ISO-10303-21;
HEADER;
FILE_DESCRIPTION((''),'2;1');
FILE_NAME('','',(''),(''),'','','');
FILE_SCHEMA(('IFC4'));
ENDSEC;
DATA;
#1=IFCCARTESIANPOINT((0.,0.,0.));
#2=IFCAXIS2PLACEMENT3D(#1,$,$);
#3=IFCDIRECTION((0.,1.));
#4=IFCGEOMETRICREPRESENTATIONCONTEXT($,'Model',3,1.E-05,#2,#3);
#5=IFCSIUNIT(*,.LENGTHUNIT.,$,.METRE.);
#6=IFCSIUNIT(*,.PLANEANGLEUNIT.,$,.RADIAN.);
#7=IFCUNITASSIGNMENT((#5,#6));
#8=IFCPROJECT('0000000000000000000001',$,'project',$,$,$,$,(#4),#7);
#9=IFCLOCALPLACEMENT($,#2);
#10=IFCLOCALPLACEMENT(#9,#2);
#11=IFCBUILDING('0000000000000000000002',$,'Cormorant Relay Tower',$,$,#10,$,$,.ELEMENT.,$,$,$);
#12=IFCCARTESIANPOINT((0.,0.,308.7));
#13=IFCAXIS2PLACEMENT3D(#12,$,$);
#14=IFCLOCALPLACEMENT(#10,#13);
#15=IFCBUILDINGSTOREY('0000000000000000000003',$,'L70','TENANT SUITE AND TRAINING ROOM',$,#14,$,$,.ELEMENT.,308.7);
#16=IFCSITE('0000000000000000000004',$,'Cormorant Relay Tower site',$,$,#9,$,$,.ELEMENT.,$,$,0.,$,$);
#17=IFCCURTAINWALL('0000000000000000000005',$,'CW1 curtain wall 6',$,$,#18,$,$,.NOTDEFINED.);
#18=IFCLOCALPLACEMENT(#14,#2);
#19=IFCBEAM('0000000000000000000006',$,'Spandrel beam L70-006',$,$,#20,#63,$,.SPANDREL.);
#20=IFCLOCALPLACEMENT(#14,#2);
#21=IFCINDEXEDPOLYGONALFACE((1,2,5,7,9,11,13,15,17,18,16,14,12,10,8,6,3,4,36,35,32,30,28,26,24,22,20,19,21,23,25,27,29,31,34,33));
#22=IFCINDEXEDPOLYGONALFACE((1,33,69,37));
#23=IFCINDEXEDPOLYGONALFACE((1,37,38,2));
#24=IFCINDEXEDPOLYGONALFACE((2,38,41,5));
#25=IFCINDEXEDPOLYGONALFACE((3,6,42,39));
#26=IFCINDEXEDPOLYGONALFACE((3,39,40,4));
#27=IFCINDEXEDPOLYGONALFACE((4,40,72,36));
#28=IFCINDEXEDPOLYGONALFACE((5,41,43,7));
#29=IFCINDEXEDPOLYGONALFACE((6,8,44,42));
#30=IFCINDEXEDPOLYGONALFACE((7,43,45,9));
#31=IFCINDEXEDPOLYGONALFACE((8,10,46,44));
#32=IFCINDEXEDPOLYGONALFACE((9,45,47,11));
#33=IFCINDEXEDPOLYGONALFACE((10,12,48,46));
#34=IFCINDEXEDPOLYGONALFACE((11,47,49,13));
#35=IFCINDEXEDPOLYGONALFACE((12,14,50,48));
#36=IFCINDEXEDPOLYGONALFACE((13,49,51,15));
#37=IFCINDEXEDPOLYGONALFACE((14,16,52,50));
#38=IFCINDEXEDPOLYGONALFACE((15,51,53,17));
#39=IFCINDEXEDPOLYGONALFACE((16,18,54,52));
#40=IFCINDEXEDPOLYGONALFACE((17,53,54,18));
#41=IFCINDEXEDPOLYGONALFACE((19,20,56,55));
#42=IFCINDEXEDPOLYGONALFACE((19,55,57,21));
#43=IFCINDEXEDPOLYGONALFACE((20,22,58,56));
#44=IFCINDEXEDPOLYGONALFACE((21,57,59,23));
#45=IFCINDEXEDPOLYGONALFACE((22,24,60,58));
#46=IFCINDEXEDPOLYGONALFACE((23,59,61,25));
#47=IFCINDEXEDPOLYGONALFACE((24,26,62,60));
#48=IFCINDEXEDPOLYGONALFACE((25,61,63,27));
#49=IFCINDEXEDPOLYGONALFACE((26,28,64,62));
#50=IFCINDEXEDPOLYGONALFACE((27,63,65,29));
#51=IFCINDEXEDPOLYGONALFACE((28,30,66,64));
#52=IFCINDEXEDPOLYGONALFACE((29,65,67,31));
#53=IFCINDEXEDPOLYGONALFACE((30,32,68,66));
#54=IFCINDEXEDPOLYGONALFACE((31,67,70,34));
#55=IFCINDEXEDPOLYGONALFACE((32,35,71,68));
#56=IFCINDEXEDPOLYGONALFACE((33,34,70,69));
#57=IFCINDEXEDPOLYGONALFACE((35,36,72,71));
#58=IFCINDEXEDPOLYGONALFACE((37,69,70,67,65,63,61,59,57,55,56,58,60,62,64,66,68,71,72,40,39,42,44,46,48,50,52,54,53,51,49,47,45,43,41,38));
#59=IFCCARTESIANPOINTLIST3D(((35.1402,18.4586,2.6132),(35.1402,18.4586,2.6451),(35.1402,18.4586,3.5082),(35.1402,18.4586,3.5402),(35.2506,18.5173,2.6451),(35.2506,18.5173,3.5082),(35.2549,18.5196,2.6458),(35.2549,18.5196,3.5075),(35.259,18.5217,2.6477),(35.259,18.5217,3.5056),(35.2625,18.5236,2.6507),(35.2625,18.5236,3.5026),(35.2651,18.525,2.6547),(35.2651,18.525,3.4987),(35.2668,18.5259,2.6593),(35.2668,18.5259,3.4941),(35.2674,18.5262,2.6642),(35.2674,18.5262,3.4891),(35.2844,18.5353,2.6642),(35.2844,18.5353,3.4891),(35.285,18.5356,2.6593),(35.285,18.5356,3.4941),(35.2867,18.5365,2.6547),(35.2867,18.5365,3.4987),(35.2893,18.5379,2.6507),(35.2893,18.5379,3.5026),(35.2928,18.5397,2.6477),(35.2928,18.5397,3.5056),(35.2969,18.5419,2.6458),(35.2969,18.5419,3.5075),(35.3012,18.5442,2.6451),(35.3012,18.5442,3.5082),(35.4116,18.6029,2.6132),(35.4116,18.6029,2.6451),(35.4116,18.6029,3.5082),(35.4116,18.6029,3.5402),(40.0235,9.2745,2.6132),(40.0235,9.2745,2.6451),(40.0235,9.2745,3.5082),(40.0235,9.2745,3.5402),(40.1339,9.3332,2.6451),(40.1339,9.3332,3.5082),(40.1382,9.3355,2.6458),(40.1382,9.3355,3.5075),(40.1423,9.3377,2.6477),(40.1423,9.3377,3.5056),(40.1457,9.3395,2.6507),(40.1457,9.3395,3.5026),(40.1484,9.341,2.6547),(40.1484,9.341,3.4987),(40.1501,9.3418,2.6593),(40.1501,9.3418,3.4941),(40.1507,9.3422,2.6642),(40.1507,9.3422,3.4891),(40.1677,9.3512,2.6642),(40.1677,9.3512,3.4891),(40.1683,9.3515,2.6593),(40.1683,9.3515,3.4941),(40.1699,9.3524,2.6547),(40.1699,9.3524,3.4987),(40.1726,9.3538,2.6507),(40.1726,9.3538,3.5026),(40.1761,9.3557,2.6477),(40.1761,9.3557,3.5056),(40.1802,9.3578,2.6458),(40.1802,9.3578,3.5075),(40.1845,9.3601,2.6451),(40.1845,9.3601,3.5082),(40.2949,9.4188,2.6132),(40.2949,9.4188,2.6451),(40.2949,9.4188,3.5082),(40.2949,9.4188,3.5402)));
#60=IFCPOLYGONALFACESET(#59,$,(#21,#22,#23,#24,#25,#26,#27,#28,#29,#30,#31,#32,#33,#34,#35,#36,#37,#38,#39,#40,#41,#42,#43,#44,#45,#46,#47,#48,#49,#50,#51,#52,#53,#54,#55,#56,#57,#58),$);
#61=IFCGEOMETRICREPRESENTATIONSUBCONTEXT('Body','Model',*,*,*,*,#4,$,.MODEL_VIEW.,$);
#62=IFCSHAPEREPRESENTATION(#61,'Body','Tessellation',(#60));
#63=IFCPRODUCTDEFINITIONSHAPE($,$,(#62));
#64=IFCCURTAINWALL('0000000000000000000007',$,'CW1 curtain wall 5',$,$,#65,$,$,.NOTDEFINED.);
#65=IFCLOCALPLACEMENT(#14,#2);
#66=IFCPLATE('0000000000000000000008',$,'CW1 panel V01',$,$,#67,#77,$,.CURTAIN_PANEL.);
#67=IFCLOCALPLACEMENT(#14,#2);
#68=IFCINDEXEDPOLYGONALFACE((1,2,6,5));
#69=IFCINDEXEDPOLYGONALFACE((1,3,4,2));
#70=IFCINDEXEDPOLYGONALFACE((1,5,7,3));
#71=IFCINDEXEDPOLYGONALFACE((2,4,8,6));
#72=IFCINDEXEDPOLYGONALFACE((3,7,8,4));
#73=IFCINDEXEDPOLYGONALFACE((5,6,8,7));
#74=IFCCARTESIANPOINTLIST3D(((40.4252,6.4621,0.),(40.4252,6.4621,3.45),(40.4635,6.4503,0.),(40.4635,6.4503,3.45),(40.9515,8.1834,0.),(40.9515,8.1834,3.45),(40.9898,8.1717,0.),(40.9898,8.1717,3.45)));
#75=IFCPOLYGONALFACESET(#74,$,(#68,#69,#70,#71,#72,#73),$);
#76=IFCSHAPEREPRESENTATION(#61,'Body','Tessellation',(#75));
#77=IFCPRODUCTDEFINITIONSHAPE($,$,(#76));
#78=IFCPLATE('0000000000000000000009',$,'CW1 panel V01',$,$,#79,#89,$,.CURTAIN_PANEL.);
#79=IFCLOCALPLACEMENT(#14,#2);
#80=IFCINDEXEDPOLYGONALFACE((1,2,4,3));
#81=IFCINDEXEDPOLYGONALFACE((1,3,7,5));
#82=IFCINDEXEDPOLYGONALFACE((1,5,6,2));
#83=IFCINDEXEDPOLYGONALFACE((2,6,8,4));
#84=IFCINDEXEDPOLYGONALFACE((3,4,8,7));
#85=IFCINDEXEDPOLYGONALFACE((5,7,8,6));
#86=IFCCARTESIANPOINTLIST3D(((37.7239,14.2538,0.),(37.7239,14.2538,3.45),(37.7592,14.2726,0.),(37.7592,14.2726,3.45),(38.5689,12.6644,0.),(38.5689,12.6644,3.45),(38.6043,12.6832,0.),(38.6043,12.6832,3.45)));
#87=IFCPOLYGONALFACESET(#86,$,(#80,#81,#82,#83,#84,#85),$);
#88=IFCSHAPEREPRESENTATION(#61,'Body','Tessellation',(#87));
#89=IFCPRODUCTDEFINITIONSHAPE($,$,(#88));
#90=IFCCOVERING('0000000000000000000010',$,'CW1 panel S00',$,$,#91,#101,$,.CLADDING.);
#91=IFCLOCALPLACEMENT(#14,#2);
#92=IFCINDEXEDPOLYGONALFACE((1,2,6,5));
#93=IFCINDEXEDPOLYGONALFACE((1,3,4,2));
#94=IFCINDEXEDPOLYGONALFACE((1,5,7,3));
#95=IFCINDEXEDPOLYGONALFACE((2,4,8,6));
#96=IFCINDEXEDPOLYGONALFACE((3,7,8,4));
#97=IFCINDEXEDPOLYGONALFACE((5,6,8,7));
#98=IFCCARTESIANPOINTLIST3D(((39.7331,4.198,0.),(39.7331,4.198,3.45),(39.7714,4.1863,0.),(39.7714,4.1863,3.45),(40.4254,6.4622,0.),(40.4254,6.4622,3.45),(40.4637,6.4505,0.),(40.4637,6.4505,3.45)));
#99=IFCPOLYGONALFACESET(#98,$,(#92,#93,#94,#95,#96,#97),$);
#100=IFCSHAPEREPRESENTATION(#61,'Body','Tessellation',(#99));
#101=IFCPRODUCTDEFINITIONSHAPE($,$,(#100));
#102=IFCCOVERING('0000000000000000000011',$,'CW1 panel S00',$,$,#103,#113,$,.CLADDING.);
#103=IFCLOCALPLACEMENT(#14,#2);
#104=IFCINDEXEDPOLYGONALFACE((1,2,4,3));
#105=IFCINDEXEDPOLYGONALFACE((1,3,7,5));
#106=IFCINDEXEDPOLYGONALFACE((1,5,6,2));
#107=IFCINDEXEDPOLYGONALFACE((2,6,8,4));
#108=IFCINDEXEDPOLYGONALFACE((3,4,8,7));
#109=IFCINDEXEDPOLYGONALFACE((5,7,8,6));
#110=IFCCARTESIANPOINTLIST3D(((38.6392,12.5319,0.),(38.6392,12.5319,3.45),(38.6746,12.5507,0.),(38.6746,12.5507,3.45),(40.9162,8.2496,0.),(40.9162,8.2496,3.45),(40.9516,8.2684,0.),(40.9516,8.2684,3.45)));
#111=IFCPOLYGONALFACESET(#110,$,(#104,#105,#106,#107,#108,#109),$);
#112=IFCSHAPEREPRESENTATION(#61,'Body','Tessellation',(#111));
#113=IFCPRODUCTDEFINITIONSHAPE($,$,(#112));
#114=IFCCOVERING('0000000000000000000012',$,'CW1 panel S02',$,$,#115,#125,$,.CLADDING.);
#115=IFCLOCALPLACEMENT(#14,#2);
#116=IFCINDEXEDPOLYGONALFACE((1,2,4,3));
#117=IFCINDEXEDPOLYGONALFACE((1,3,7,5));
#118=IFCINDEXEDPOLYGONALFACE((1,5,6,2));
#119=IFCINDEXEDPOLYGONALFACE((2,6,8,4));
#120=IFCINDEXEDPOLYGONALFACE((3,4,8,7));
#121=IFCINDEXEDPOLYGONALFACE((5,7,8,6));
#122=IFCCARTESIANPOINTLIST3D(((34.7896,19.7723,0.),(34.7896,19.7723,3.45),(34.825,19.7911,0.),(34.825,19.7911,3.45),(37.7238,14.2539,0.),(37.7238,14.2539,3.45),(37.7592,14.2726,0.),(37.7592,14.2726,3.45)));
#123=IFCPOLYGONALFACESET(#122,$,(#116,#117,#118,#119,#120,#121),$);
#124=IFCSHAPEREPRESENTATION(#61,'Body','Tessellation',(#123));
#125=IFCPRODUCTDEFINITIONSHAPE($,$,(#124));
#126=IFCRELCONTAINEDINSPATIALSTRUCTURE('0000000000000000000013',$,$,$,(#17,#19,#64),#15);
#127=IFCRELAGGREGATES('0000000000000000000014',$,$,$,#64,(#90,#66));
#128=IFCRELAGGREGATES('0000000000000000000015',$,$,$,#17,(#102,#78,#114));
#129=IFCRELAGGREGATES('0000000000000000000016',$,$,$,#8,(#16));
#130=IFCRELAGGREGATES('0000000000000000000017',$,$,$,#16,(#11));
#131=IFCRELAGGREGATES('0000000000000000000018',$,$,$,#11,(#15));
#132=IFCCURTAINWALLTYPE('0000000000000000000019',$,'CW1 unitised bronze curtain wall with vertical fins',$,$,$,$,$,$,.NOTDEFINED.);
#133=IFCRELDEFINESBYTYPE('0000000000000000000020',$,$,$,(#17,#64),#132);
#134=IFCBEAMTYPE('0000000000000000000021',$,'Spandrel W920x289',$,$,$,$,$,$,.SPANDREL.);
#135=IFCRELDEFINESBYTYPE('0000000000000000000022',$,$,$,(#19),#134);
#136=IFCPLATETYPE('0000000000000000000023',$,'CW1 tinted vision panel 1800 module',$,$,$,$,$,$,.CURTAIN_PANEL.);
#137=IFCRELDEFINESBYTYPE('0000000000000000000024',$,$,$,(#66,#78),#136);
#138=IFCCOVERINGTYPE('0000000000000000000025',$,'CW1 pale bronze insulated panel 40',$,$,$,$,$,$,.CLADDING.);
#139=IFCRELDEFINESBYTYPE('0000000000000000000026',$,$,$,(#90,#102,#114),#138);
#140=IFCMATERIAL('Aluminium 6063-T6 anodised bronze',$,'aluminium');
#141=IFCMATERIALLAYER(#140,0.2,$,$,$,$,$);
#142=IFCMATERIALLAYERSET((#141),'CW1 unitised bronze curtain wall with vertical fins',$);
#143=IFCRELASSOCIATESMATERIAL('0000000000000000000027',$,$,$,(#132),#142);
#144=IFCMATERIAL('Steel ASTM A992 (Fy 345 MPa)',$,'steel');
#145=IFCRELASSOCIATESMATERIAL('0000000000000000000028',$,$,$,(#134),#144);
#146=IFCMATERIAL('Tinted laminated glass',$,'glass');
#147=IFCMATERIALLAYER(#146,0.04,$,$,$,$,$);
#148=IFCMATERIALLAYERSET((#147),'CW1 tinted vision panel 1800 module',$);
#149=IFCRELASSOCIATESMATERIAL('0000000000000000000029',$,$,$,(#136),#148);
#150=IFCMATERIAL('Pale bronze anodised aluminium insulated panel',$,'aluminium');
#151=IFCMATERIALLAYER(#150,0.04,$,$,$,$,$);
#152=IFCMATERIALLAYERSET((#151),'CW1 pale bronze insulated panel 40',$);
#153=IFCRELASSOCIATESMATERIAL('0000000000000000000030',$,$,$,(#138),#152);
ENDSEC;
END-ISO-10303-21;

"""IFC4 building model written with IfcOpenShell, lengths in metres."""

from ifc_helpers import new_model, si_unit, direction, frame, origin, origin_2d, place, context, subcontext, project, spatial, rectangle, i_section, extrude, material, layer, layer_set, material_profile, profile_set, type_object, element, aggregate, save


model = new_model("IFC4")

# Units and contexts
model_context = context("Model", 3, precision=1e-05, world=origin(), true_north=direction((0.0, 1.0)))
body_context = subcontext(model_context, "Body", "Model", "MODEL_VIEW")
ifc_project = project(units=[si_unit("LENGTHUNIT", "METRE"), si_unit("PLANEANGLEUNIT", "RADIAN")], contexts=[model_context])

# Site, building, storey
site_placement = place(None, origin())
site = spatial("IfcSite", under=ifc_project, at=site_placement, Name="Cormorant Relay Tower site", CompositionType="ELEMENT", RefElevation=0.0)
building_placement = place(site_placement, origin())
building = spatial("IfcBuilding", under=site, at=building_placement, Name="Cormorant Relay Tower", CompositionType="ELEMENT")
storey_placement = place(building_placement, frame((0.0, 0.0, 308.7)))
storey = spatial("IfcBuildingStorey", under=building, at=storey_placement, Name="L70", Description="TENANT SUITE AND TRAINING ROOM", CompositionType="ELEMENT", Elevation=308.7)

# Curtain wall
ifc_material_1 = material(Name="Aluminium 6063-T6 anodised bronze", Category="aluminium")
ifc_layer_1 = layer(ifc_material_1, 0.2)
ifc_layer_set_1 = layer_set([ifc_layer_1], Name="CW1 unitised bronze curtain wall with vertical fins")
curtain_wall_type = type_object("IfcCurtainWallType", Name="CW1 unitised bronze curtain wall with vertical fins", PredefinedType="NOTDEFINED", material=ifc_layer_set_1)
curtain_wall_1_placement = place(storey_placement, origin())
curtain_wall_1 = element("IfcCurtainWall", 1, at=curtain_wall_1_placement, inside=storey, type_object=curtain_wall_type, Name="CW1 curtain wall 6", PredefinedType="NOTDEFINED")

# Beam
ifc_material_2 = material(Name="Steel ASTM A992 (Fy 345 MPa)", Category="steel")
ifc_material_profile_1 = material_profile(ifc_material_2, i_section(OverallWidth=0.3074, OverallDepth=0.927, WebThickness=0.0193, FlangeThickness=0.032, FilletRadius=0.019, at=origin_2d()), Name="W920x289")
ifc_profile_set_1 = profile_set([ifc_material_profile_1], Name="Steel ASTM A992 (Fy 345 MPa)")
beam_type = type_object("IfcBeamType", Name="Spandrel W920x289", PredefinedType="SPANDREL", material=ifc_profile_set_1)
beam_placement = place(storey_placement, frame((40.1592, 9.3467, 3.0767), z_axis=(-0.469474, 0.882946, 0.0), x_axis=(-0.882946, -0.469474, 0.0)))
element("IfcBeam", 2, at=beam_placement, inside=storey, type_object=beam_type, Name="Spandrel beam L70-006", PredefinedType="SPANDREL", context=body_context, shape_type="SweptSolid", body=[
    extrude(i_section(OverallWidth=0.3074, OverallDepth=0.927, WebThickness=0.0193, FlangeThickness=0.032, FilletRadius=0.019, at=origin_2d()), origin(), (0.0, 0.0, 1.0), 10.4016),
])

# Curtain wall, plate
curtain_wall_2_placement = place(storey_placement, origin())
curtain_wall_2 = element("IfcCurtainWall", 3, at=curtain_wall_2_placement, inside=storey, type_object=curtain_wall_type, Name="CW1 curtain wall 5", PredefinedType="NOTDEFINED")
ifc_material_3 = material(Name="Tinted laminated glass", Category="glass")
ifc_layer_2 = layer(ifc_material_3, 0.04)
ifc_layer_set_2 = layer_set([ifc_layer_2], Name="CW1 tinted vision panel 1800 module")
plate_type = type_object("IfcPlateType", Name="CW1 tinted vision panel 1800 module", PredefinedType="CURTAIN_PANEL", material=ifc_layer_set_2)
plate_1_placement = place(storey_placement, frame((40.7075, 7.3169, 0.0), z_axis=(0.0, 0.0, 1.0), x_axis=(0.292372, 0.956305, 0.0)))
plate_1 = element("IfcPlate", 4, at=plate_1_placement, type_object=plate_type, Name="CW1 panel V01", PredefinedType="CURTAIN_PANEL", context=body_context, shape_type="SweptSolid", body=[
    extrude(rectangle(XDim=1.8, YDim=0.04, at=origin_2d()), origin(), (0.0, 0.0, 1.0), 3.45),
])

# Plate
plate_2_placement = place(storey_placement, frame((38.1641, 13.4685, 0.0), z_axis=(0.0, 0.0, 1.0), x_axis=(-0.469472, 0.882948, 0.0)))
plate_2 = element("IfcPlate", 5, at=plate_2_placement, type_object=plate_type, Name="CW1 panel V01", PredefinedType="CURTAIN_PANEL", context=body_context, shape_type="SweptSolid", body=[
    extrude(rectangle(XDim=1.8, YDim=0.04, at=origin_2d()), origin(), (0.0, 0.0, 1.0), 3.45),
])

# Coverings
ifc_material_4 = material(Name="Pale bronze anodised aluminium insulated panel", Category="aluminium")
ifc_layer_3 = layer(ifc_material_4, 0.04)
ifc_layer_set_3 = layer_set([ifc_layer_3], Name="CW1 pale bronze insulated panel 40")
covering_type = type_object("IfcCoveringType", Name="CW1 pale bronze insulated panel 40", PredefinedType="CLADDING", material=ifc_layer_set_3)
covering_1_placement = place(storey_placement, frame((40.0984, 5.3242, 0.0), z_axis=(0.0, 0.0, 1.0), x_axis=(0.292372, 0.956305, 0.0)))
covering_1 = element("IfcCovering", 6, at=covering_1_placement, type_object=covering_type, Name="CW1 panel S00", PredefinedType="CLADDING", context=body_context, shape_type="SweptSolid", body=[
    extrude(rectangle(XDim=2.3677, YDim=0.04, at=origin_2d()), origin(), (0.0, 0.0, 1.0), 3.45),
])
aggregate(curtain_wall_2, [covering_1, plate_1])
covering_2_placement = place(storey_placement, frame((39.7954, 10.4001, 0.0), z_axis=(0.0, 0.0, 1.0), x_axis=(-0.469472, 0.882948, 0.0)))
covering_2 = element("IfcCovering", 7, at=covering_2_placement, type_object=covering_type, Name="CW1 panel S00", PredefinedType="CLADDING", context=body_context, shape_type="SweptSolid", body=[
    extrude(rectangle(XDim=4.8501, YDim=0.04, at=origin_2d()), origin(), (0.0, 0.0, 1.0), 3.45),
])
covering_3_placement = place(storey_placement, frame((36.2744, 17.0225, 0.0), z_axis=(0.0, 0.0, 1.0), x_axis=(-0.469472, 0.882948, 0.0)))
covering_3 = element("IfcCovering", 8, at=covering_3_placement, type_object=covering_type, Name="CW1 panel S02", PredefinedType="CLADDING", context=body_context, shape_type="SweptSolid", body=[
    extrude(rectangle(XDim=6.25, YDim=0.04, at=origin_2d()), origin(), (0.0, 0.0, 1.0), 3.45),
])
aggregate(curtain_wall_1, [covering_2, plate_2, covering_3])

save(model, "model.ifc")
